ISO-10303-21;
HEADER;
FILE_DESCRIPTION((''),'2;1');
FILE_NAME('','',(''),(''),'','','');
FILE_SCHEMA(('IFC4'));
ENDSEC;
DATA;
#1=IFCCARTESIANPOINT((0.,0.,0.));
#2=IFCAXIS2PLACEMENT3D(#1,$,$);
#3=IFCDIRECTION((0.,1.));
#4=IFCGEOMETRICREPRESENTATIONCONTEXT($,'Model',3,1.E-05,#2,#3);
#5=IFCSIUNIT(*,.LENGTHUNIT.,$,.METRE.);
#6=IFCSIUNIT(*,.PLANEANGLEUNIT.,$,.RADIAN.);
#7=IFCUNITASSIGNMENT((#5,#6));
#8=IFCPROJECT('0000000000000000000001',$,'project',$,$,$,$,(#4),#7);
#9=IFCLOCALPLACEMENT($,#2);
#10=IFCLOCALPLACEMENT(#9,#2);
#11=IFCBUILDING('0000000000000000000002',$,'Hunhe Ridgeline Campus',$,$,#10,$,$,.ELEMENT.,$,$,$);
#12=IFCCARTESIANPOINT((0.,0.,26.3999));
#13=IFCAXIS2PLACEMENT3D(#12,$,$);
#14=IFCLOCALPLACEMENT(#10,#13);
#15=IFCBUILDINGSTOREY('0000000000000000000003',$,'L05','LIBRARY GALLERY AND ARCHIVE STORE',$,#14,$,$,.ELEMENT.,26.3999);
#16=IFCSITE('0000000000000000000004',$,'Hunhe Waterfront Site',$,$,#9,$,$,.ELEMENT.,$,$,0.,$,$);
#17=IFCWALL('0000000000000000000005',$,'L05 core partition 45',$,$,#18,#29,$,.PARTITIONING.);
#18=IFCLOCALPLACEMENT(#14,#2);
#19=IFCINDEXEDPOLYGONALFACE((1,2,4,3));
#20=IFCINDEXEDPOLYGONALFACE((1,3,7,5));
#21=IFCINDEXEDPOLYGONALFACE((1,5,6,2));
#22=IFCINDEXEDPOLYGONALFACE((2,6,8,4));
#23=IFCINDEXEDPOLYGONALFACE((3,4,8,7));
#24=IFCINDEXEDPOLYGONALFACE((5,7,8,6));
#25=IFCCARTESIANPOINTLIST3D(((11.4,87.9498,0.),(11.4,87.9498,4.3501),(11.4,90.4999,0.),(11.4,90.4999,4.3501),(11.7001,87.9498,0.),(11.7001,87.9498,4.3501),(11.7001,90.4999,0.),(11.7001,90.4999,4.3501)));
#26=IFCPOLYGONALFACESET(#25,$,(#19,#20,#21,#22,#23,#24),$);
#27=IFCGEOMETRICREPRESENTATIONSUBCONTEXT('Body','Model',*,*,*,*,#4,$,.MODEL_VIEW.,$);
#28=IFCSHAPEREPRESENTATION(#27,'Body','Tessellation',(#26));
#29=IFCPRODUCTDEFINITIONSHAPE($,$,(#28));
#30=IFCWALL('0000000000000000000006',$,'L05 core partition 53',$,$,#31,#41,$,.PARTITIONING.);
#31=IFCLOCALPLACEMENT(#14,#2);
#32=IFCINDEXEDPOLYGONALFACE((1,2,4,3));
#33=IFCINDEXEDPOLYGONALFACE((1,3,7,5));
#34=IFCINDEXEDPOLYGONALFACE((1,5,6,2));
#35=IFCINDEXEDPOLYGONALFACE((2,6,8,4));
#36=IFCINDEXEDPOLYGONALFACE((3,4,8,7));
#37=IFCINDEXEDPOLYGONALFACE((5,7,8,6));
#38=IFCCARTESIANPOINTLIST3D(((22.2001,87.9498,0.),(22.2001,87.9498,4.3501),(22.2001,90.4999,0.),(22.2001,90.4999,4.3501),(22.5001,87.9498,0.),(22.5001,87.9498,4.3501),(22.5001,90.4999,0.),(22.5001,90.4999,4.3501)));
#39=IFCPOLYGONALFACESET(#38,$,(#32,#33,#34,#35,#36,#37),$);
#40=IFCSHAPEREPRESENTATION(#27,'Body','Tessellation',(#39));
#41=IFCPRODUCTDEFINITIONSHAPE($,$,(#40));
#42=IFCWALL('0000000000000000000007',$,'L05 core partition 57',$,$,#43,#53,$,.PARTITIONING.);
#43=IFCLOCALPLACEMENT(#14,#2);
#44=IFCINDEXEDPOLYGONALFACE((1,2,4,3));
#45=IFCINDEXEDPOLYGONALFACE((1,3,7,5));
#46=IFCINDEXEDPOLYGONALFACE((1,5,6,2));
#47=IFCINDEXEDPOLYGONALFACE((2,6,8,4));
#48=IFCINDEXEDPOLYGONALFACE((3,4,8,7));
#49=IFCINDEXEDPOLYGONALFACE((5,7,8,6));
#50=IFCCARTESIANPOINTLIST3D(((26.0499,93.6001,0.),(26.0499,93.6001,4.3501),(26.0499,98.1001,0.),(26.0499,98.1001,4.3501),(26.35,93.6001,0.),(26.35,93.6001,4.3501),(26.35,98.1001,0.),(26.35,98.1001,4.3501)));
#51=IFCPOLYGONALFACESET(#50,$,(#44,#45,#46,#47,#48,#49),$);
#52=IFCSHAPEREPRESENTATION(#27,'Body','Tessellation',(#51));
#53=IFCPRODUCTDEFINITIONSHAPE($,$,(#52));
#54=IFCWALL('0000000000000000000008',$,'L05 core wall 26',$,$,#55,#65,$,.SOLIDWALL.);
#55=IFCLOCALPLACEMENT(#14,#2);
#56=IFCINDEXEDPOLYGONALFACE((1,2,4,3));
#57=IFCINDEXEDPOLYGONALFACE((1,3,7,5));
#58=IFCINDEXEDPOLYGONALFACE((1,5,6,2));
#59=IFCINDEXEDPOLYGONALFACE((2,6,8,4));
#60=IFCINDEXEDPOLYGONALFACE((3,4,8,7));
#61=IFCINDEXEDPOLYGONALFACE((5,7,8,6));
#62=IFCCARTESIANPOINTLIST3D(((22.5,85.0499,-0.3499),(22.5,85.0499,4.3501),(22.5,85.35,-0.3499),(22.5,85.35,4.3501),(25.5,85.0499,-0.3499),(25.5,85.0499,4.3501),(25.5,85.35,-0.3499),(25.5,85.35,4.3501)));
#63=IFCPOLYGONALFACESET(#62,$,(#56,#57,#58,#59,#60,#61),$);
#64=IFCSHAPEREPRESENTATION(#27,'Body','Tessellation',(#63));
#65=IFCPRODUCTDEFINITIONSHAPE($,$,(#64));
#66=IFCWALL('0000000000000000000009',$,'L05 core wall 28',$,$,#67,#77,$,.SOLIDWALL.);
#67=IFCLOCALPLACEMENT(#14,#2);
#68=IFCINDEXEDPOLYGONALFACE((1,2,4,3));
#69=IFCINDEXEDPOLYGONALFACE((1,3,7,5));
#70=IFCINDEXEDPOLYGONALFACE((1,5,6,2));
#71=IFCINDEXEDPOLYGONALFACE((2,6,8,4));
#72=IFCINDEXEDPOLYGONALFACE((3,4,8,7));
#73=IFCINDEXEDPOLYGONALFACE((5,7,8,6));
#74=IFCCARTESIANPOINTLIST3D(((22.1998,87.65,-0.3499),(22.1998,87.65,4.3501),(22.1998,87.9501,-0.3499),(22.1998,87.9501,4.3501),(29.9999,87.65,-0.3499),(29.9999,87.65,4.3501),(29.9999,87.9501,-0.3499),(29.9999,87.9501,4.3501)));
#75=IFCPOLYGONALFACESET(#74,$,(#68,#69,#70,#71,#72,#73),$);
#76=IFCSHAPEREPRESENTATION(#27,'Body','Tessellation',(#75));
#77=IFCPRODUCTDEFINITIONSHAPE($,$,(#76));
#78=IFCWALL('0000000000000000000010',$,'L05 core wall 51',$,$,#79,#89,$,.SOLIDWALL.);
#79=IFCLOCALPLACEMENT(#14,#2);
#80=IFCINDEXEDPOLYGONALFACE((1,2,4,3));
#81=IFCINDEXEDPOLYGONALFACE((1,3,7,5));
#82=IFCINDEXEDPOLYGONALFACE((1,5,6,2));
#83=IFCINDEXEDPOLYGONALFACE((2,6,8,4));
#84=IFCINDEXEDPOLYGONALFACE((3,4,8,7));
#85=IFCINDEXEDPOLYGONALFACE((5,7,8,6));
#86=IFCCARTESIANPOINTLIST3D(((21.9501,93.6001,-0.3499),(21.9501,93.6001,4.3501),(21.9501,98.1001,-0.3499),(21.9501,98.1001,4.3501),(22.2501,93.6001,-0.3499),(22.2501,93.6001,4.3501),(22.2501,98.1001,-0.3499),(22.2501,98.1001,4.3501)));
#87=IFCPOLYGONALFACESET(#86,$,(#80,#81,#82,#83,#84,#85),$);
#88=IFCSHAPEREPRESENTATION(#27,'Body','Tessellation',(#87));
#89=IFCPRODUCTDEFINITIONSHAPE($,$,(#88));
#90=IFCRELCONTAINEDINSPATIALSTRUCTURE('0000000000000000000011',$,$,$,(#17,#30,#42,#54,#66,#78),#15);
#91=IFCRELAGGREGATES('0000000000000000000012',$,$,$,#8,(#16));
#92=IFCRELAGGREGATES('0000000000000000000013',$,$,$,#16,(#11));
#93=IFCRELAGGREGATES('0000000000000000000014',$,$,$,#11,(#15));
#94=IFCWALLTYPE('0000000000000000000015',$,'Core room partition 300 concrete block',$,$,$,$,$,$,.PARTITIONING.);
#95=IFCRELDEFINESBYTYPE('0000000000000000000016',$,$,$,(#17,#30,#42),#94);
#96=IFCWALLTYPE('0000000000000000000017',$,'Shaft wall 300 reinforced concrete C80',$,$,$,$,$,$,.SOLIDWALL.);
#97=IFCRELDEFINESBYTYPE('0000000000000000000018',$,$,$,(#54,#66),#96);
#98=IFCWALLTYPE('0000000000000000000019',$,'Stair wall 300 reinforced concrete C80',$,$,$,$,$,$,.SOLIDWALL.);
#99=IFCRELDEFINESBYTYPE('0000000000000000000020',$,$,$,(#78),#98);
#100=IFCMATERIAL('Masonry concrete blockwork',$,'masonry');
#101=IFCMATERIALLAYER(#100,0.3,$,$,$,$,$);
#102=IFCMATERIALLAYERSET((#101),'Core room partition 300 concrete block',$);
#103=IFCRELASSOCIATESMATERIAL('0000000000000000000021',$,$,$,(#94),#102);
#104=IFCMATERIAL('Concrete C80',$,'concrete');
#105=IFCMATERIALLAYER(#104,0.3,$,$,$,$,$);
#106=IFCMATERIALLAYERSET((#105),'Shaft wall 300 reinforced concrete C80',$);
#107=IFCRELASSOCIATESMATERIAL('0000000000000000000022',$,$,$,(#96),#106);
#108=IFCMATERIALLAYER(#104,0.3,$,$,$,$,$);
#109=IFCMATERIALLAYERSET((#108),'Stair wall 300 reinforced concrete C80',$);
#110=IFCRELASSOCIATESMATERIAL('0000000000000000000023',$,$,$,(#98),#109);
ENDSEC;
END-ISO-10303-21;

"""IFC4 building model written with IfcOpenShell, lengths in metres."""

from ifc_helpers import new_model, si_unit, direction, frame, frame_2d, origin, place, context, subcontext, project, spatial, rectangle, extrude, material, layer, layer_set, type_object, element, save


model = new_model("IFC4")

# Units and contexts
model_context = context("Model", 3, precision=1e-05, world=origin(), true_north=direction((0.0, 1.0)))
body_context = subcontext(model_context, "Body", "Model", "MODEL_VIEW")
ifc_project = project(units=[si_unit("LENGTHUNIT", "METRE"), si_unit("PLANEANGLEUNIT", "RADIAN")], contexts=[model_context])

# Site, building, storey
site_placement = place(None, origin())
site = spatial("IfcSite", under=ifc_project, at=site_placement, Name="Hunhe Waterfront Site", CompositionType="ELEMENT", RefElevation=0.0)
building_placement = place(site_placement, origin())
building = spatial("IfcBuilding", under=site, at=building_placement, Name="Hunhe Ridgeline Campus", CompositionType="ELEMENT")
storey_placement = place(building_placement, frame((0.0, 0.0, 26.3999)))
storey = spatial("IfcBuildingStorey", under=building, at=storey_placement, Name="L05", Description="LIBRARY GALLERY AND ARCHIVE STORE", CompositionType="ELEMENT", Elevation=26.3999)

# Walls
ifc_material_1 = material(Name="Masonry concrete blockwork", Category="masonry")
ifc_layer_1 = layer(ifc_material_1, 0.3)
ifc_layer_set_1 = layer_set([ifc_layer_1], Name="Core room partition 300 concrete block")
wall_type_1 = type_object("IfcWallType", Name="Core room partition 300 concrete block", PredefinedType="PARTITIONING", material=ifc_layer_set_1)
for number, where, z_axis, x_axis, name in (
    (1, (11.55, 87.95, 0.0), (0.0, 0.0, 1.0), (0.0, 1.0, 0.0), "L05 core partition 45"),
    (2, (22.3501, 87.95, 0.0), (0.0, 0.0, 1.0), (0.0, 1.0, 0.0), "L05 core partition 53"),
):
    element("IfcWall", number, at=place(storey_placement, frame(where, z_axis=z_axis, x_axis=x_axis)), inside=storey, type_object=wall_type_1, Name=name, PredefinedType="PARTITIONING", context=body_context, shape_type="SweptSolid", body=[
        extrude(rectangle(XDim=2.55, YDim=0.3, at=frame_2d((1.2749, 0.0))), origin(), (0.0, 0.0, 1.0), 4.3501),
    ])
wall_1_placement = place(storey_placement, frame((26.2, 93.6001, 0.0), z_axis=(0.0, 0.0, 1.0), x_axis=(0.0, 1.0, 0.0)))
element("IfcWall", 3, at=wall_1_placement, inside=storey, type_object=wall_type_1, Name="L05 core partition 57", PredefinedType="PARTITIONING", context=body_context, shape_type="SweptSolid", body=[
    extrude(rectangle(XDim=4.5, YDim=0.3, at=frame_2d((2.25, 0.0))), origin(), (0.0, 0.0, 1.0), 4.3501),
])
ifc_material_2 = material(Name="Concrete C80", Category="concrete")
ifc_layer_2 = layer(ifc_material_2, 0.3)
ifc_layer_set_2 = layer_set([ifc_layer_2], Name="Shaft wall 300 reinforced concrete C80")
wall_type_2 = type_object("IfcWallType", Name="Shaft wall 300 reinforced concrete C80", PredefinedType="SOLIDWALL", material=ifc_layer_set_2)
wall_2_placement = place(storey_placement, frame((22.5, 85.2, -0.3499), z_axis=(0.0, 0.0, 1.0), x_axis=(1.0, 0.0, 0.0)))
element("IfcWall", 4, at=wall_2_placement, inside=storey, type_object=wall_type_2, Name="L05 core wall 26", PredefinedType="SOLIDWALL", context=body_context, shape_type="SweptSolid", body=[
    extrude(rectangle(XDim=3.0, YDim=0.3, at=frame_2d((1.5, 0.0))), origin(), (0.0, 0.0, 1.0), 4.7),
])
wall_3_placement = place(storey_placement, frame((22.2, 87.8, -0.3499), z_axis=(0.0, 0.0, 1.0), x_axis=(1.0, 0.0, 0.0)))
element("IfcWall", 5, at=wall_3_placement, inside=storey, type_object=wall_type_2, Name="L05 core wall 28", PredefinedType="SOLIDWALL", context=body_context, shape_type="SweptSolid", body=[
    extrude(rectangle(XDim=7.8, YDim=0.3, at=frame_2d((3.8999, 0.0))), origin(), (0.0, 0.0, 1.0), 4.7),
])

# Shared definitions
ifc_layer_3 = layer(ifc_material_2, 0.3)
ifc_layer_set_3 = layer_set([ifc_layer_3], Name="Stair wall 300 reinforced concrete C80")
wall_type_3 = type_object("IfcWallType", Name="Stair wall 300 reinforced concrete C80", PredefinedType="SOLIDWALL", material=ifc_layer_set_3)

# Wall
wall_4_placement = place(storey_placement, frame((22.1001, 93.6001, -0.3499), z_axis=(0.0, 0.0, 1.0), x_axis=(0.0, 1.0, 0.0)))
element("IfcWall", 6, at=wall_4_placement, inside=storey, type_object=wall_type_3, Name="L05 core wall 51", PredefinedType="SOLIDWALL", context=body_context, shape_type="SweptSolid", body=[
    extrude(rectangle(XDim=4.5, YDim=0.3, at=frame_2d((2.25, 0.0))), origin(), (0.0, 0.0, 1.0), 4.7),
])

save(model, "model.ifc")
